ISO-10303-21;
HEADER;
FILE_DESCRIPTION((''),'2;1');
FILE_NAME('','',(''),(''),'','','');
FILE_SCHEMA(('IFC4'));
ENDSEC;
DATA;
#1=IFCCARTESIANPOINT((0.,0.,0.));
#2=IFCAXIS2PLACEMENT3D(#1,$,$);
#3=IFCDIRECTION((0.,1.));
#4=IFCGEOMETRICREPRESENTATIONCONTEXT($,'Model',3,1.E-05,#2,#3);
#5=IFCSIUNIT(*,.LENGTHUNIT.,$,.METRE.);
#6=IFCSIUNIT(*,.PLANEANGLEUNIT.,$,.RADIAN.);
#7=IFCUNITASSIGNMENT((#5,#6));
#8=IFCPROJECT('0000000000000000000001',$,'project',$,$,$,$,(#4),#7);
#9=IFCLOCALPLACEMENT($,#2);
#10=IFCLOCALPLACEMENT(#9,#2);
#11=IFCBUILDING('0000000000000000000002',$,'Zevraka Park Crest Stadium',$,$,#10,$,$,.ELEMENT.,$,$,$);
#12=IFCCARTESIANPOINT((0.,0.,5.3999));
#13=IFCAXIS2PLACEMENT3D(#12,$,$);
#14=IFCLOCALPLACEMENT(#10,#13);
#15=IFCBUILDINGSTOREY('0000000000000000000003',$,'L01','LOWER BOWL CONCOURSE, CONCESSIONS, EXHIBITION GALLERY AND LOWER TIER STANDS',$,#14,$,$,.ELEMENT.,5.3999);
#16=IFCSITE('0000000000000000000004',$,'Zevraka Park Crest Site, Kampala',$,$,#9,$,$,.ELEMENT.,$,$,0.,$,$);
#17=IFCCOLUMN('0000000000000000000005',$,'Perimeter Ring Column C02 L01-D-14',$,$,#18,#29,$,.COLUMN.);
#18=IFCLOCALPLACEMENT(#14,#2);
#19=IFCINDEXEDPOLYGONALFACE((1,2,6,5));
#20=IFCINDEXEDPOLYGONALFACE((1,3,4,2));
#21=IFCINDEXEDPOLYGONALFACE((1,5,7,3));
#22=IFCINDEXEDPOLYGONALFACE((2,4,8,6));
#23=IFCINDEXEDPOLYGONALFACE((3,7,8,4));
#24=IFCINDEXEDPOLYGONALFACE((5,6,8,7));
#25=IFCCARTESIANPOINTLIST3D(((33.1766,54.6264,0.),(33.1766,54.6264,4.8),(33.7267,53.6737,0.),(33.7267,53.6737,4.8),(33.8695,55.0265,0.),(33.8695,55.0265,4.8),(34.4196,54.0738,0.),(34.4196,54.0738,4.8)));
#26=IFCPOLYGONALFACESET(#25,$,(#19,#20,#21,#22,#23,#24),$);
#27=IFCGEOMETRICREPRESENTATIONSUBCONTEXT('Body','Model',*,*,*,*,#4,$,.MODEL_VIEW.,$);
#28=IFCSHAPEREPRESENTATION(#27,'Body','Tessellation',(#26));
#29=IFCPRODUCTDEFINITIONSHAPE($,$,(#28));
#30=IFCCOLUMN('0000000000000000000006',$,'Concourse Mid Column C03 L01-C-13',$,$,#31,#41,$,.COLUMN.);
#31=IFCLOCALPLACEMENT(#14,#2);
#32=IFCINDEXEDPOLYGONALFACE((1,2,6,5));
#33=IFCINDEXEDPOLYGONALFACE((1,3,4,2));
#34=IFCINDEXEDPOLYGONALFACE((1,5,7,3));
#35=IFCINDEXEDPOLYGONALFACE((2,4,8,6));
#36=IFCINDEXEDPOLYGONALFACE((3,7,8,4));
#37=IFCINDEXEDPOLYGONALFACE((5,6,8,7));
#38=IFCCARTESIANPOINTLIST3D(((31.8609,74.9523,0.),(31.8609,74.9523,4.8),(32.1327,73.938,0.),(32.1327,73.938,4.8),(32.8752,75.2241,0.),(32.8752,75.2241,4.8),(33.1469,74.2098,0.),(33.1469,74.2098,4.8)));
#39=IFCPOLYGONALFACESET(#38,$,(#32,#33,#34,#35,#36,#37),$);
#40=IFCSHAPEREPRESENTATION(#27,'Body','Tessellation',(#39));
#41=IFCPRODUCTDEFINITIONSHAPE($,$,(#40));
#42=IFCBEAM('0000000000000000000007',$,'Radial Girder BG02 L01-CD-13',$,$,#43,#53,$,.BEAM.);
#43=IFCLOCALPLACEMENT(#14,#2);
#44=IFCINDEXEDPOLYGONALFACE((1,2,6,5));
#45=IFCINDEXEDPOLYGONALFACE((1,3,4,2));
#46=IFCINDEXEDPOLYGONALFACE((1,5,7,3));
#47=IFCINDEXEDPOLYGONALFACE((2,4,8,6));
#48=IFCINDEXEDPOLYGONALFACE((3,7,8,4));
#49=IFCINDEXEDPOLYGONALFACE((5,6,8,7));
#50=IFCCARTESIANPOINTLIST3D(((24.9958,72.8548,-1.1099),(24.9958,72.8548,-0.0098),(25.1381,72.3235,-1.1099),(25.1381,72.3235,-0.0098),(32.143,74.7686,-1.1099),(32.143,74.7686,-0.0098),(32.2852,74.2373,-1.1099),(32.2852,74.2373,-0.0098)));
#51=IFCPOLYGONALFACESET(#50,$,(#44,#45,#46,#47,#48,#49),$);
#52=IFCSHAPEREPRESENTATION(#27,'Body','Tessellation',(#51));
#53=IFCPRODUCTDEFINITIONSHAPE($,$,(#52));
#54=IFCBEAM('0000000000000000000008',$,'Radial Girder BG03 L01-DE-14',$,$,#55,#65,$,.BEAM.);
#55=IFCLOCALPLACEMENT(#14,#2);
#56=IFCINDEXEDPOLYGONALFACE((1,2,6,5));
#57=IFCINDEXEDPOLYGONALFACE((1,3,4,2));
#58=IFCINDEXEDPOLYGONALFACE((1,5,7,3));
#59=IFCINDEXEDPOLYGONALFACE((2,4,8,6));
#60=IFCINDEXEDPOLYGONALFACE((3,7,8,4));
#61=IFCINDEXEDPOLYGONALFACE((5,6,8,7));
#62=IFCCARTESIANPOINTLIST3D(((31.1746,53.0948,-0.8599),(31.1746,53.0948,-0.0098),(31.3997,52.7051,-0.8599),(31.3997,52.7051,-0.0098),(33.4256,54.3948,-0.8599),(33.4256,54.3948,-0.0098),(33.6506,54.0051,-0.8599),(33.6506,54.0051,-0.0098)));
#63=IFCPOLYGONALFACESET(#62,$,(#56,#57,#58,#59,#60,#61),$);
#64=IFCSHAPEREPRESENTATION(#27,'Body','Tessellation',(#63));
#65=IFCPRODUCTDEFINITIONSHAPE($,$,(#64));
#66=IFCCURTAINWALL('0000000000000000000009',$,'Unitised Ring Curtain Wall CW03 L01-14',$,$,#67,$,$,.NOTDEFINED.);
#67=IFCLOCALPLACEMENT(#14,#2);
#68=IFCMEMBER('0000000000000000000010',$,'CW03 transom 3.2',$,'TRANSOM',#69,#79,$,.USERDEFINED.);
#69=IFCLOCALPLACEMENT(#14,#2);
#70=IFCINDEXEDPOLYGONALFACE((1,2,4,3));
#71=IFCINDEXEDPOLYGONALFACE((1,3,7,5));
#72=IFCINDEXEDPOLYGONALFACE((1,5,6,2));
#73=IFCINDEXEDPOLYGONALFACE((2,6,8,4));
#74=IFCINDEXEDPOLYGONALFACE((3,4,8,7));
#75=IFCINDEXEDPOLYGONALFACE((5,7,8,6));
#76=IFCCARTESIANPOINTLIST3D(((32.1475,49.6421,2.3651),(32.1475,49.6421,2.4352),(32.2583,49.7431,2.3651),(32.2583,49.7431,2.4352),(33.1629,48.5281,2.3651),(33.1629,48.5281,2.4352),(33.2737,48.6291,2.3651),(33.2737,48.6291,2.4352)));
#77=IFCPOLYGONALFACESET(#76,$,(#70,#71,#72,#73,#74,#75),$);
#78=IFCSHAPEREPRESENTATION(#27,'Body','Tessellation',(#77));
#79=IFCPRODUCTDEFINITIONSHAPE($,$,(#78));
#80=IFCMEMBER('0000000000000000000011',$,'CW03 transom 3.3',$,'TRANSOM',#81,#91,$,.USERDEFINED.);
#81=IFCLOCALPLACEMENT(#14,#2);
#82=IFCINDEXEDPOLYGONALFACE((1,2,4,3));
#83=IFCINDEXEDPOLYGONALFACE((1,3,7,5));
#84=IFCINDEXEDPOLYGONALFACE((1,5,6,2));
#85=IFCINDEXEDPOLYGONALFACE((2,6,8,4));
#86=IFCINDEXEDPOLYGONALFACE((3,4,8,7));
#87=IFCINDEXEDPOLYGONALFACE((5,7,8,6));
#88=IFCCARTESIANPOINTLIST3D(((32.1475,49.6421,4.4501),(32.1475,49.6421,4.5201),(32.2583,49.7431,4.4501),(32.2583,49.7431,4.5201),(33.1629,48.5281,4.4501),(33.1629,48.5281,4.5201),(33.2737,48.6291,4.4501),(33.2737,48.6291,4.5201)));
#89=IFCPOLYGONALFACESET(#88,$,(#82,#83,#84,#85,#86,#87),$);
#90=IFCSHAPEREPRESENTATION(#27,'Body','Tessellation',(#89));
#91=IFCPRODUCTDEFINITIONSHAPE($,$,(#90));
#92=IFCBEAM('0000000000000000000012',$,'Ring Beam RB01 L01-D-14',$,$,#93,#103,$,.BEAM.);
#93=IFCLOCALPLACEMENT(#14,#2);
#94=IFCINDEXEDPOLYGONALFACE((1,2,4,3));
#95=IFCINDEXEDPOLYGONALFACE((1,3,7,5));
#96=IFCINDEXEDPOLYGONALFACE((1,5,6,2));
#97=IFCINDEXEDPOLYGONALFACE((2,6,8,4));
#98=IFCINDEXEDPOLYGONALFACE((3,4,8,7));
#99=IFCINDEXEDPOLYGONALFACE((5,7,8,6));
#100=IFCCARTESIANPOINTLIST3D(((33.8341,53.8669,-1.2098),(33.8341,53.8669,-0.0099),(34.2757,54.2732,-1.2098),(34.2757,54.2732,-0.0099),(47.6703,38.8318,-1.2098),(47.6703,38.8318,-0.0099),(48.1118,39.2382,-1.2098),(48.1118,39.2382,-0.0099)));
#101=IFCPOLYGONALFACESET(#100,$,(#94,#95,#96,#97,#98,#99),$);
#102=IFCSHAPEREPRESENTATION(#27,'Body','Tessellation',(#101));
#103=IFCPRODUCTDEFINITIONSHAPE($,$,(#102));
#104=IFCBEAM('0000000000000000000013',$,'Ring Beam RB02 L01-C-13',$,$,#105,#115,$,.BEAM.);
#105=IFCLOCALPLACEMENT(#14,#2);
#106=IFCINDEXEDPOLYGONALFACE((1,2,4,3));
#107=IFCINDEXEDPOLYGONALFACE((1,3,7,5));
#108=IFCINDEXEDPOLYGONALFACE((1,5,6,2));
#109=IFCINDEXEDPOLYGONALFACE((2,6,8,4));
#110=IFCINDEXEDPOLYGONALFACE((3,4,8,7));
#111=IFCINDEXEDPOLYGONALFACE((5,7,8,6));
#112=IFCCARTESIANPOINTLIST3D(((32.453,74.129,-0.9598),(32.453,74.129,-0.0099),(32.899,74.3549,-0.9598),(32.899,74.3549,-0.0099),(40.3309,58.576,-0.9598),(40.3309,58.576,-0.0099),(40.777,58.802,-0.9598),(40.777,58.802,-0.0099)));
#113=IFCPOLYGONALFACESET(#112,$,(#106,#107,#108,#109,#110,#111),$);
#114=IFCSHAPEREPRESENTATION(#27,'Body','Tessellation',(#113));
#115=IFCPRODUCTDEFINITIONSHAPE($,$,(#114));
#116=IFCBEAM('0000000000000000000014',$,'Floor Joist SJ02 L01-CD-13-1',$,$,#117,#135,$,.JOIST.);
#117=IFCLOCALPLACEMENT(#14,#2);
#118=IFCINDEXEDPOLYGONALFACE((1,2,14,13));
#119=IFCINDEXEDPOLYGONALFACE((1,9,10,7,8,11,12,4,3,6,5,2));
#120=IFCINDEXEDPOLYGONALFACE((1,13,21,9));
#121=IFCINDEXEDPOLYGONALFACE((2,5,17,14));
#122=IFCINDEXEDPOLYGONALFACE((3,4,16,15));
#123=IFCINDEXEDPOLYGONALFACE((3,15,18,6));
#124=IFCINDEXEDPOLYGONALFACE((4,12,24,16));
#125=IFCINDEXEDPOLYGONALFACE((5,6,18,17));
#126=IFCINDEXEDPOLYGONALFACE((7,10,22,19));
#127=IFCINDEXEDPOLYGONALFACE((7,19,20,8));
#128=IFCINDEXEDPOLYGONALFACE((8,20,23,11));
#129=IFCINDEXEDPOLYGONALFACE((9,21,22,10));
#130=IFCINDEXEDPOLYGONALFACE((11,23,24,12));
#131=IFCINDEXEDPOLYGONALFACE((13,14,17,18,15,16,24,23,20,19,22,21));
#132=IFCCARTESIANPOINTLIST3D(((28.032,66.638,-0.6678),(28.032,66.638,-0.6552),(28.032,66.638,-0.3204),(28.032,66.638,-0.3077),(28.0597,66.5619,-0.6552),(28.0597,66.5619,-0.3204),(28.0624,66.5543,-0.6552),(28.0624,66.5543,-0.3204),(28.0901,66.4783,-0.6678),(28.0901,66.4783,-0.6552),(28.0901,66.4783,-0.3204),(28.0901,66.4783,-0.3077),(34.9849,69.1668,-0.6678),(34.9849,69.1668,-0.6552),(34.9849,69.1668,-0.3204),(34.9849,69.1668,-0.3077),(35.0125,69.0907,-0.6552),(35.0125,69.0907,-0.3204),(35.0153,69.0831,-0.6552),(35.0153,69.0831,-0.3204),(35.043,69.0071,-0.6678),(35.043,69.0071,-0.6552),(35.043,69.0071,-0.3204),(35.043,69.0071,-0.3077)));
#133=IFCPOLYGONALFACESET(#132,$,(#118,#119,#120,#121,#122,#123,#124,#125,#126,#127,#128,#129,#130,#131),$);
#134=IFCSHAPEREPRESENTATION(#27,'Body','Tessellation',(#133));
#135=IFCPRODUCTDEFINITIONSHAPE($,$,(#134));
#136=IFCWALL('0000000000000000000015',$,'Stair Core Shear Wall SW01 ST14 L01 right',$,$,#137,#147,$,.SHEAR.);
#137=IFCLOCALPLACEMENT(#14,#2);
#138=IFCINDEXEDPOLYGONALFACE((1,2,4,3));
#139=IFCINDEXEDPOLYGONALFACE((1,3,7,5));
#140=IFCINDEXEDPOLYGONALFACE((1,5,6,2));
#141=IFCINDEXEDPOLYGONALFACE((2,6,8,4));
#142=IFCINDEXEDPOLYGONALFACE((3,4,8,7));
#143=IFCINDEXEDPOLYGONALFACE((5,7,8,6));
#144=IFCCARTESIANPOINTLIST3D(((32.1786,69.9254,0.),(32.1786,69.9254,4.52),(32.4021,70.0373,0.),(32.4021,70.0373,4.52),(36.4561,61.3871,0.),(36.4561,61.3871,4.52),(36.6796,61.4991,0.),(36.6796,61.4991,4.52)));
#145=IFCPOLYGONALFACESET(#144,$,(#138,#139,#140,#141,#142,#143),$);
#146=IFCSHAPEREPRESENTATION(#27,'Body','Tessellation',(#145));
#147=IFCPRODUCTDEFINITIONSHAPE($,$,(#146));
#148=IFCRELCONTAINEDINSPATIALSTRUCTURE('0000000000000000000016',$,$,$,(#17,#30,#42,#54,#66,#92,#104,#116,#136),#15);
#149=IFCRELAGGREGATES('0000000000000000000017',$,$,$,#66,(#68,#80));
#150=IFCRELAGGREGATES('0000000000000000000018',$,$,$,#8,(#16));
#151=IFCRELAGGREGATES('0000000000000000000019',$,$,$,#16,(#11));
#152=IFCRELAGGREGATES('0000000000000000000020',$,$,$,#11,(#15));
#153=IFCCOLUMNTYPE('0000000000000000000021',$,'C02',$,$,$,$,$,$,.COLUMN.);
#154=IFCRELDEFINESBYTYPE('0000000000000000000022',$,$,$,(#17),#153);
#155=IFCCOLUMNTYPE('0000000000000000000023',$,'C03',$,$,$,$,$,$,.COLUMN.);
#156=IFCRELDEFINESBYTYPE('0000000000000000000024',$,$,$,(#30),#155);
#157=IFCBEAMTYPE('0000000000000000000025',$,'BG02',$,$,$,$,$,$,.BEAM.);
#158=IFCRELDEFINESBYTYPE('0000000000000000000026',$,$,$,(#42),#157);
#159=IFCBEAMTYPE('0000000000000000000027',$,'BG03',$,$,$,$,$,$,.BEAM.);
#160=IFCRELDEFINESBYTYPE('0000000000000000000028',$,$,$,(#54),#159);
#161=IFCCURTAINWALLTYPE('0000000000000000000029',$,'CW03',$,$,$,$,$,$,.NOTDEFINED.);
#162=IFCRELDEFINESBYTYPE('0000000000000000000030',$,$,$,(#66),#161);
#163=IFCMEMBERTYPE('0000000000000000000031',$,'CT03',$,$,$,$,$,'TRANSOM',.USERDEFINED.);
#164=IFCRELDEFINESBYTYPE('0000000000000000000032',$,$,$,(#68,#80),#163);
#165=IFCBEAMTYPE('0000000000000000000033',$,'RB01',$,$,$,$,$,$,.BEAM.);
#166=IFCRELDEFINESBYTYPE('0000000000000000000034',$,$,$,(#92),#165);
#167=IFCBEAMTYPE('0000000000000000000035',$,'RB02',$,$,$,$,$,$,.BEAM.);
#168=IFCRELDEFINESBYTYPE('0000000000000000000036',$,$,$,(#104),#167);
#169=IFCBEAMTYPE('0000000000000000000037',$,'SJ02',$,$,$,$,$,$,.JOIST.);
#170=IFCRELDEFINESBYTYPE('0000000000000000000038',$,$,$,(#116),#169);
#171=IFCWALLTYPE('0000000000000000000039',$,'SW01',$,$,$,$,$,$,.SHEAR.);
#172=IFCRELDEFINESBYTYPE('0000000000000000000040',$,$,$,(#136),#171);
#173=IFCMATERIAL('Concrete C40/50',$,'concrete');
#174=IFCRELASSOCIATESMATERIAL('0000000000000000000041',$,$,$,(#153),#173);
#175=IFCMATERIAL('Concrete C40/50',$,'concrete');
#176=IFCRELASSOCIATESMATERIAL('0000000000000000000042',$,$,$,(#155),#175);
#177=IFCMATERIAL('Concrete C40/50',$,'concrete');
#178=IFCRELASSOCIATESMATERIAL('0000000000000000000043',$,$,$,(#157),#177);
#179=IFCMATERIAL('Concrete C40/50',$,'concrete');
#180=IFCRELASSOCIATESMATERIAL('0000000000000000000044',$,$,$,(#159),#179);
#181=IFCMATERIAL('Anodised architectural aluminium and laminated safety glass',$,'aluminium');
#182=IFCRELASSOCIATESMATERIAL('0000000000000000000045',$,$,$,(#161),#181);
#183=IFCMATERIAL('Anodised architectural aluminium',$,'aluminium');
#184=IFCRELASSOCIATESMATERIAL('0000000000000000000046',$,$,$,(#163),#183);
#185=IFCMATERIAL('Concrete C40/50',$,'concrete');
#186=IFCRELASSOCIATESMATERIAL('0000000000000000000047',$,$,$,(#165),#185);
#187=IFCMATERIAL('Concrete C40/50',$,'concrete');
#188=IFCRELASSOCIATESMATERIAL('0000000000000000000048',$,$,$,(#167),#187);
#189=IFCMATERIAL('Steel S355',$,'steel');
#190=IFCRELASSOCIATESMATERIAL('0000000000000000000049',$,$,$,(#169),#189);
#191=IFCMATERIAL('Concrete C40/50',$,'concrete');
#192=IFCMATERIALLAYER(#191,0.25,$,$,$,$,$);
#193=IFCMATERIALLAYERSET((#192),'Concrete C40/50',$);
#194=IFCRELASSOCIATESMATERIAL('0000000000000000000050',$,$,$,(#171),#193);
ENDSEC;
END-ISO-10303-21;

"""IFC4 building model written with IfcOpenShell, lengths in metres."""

from ifc_helpers import new_model, si_unit, direction, frame, frame_2d, origin, origin_2d, place, context, subcontext, project, spatial, rectangle, i_section, extrude, material, layer, layer_set, material_profile, profile_set, type_object, element, aggregate, save


model = new_model("IFC4")

# Units and contexts
model_context = context("Model", 3, precision=1e-05, world=origin(), true_north=direction((0.0, 1.0)))
body_context = subcontext(model_context, "Body", "Model", "MODEL_VIEW")
ifc_project = project(units=[si_unit("LENGTHUNIT", "METRE"), si_unit("PLANEANGLEUNIT", "RADIAN")], contexts=[model_context])

# Site, building, storey
site_placement = place(None, origin())
site = spatial("IfcSite", under=ifc_project, at=site_placement, Name="Zevraka Park Crest Site, Kampala", CompositionType="ELEMENT", RefElevation=0.0)
building_placement = place(site_placement, origin())
building = spatial("IfcBuilding", under=site, at=building_placement, Name="Zevraka Park Crest Stadium", CompositionType="ELEMENT")
storey_placement = place(building_placement, frame((0.0, 0.0, 5.3999)))
storey = spatial("IfcBuildingStorey", under=building, at=storey_placement, Name="L01", Description="LOWER BOWL CONCOURSE, CONCESSIONS, EXHIBITION GALLERY AND LOWER TIER STANDS", CompositionType="ELEMENT", Elevation=5.3999)

# Columns
ifc_material_1 = material(Name="Concrete C40/50", Category="concrete")
ifc_material_profile_1 = material_profile(ifc_material_1, rectangle(XDim=0.8, YDim=1.1001, at=origin_2d()), Name="RC 1100x800")
ifc_profile_set_1 = profile_set([ifc_material_profile_1], Name="Concrete C40/50")
column_type_1 = type_object("IfcColumnType", Name="C02", PredefinedType="COLUMN", material=ifc_profile_set_1)
column_1_placement = place(storey_placement, frame((33.7981, 54.3501, 0.0), z_axis=(0.0, 0.0, 1.0), x_axis=(0.866025, 0.5, 0.0)))
element("IfcColumn", 1, at=column_1_placement, inside=storey, type_object=column_type_1, Name="Perimeter Ring Column C02 L01-D-14", PredefinedType="COLUMN", context=body_context, shape_type="SweptSolid", body=[
    extrude(rectangle(XDim=0.8, YDim=1.1001, at=origin_2d()), origin(), (0.0, 0.0, 1.0), 4.8),
])
ifc_material_2 = material(Name="Concrete C40/50", Category="concrete")
ifc_material_profile_2 = material_profile(ifc_material_2, rectangle(XDim=1.05, YDim=1.05, at=origin_2d()), Name="RC 1050x1050")
ifc_profile_set_2 = profile_set([ifc_material_profile_2], Name="Concrete C40/50")
column_type_2 = type_object("IfcColumnType", Name="C03", PredefinedType="COLUMN", material=ifc_profile_set_2)
column_2_placement = place(storey_placement, frame((32.5039, 74.5811, 0.0), z_axis=(0.0, 0.0, 1.0), x_axis=(0.965926, 0.258819, 0.0)))
element("IfcColumn", 2, at=column_2_placement, inside=storey, type_object=column_type_2, Name="Concourse Mid Column C03 L01-C-13", PredefinedType="COLUMN", context=body_context, shape_type="SweptSolid", body=[
    extrude(rectangle(XDim=1.05, YDim=1.05, at=origin_2d()), origin(), (0.0, 0.0, 1.0), 4.8),
])

# Beams
ifc_material_3 = material(Name="Concrete C40/50", Category="concrete")
ifc_material_profile_3 = material_profile(ifc_material_3, rectangle(XDim=0.55, YDim=1.1001, at=origin_2d()), Name="RC 1100x550")
ifc_profile_set_3 = profile_set([ifc_material_profile_3], Name="Concrete C40/50")
beam_type_1 = type_object("IfcBeamType", Name="BG02", PredefinedType="BEAM", material=ifc_profile_set_3)
beam_1_placement = place(storey_placement, frame((32.2141, 74.5029, -0.5598), z_axis=(-0.965969, -0.258659, 0.0), x_axis=(0.258659, -0.965969, 0.0)))
element("IfcBeam", 3, at=beam_1_placement, inside=storey, type_object=beam_type_1, Name="Radial Girder BG02 L01-CD-13", PredefinedType="BEAM", context=body_context, shape_type="SweptSolid", body=[
    extrude(rectangle(XDim=0.55, YDim=1.1001, at=origin_2d()), origin(), (0.0, 0.0, 1.0), 7.3989),
])
ifc_material_4 = material(Name="Concrete C40/50", Category="concrete")
ifc_material_profile_4 = material_profile(ifc_material_4, rectangle(XDim=0.45, YDim=0.8501, at=origin_2d()), Name="RC 850x450")
ifc_profile_set_4 = profile_set([ifc_material_profile_4], Name="Concrete C40/50")
beam_type_2 = type_object("IfcBeamType", Name="BG03", PredefinedType="BEAM", material=ifc_profile_set_4)
beam_2_placement = place(storey_placement, frame((33.5381, 54.2, -0.4348), z_axis=(-0.865951, -0.500129, 0.0), x_axis=(0.500129, -0.865951, 0.0)))
element("IfcBeam", 4, at=beam_2_placement, inside=storey, type_object=beam_type_2, Name="Radial Girder BG03 L01-DE-14", PredefinedType="BEAM", context=body_context, shape_type="SweptSolid", body=[
    extrude(rectangle(XDim=0.45, YDim=0.8501, at=origin_2d()), origin(), (0.0, 0.0, 1.0), 2.5994),
])

# Curtain wall, members
ifc_material_5 = material(Name="Anodised architectural aluminium and laminated safety glass", Category="aluminium")
curtain_wall_type = type_object("IfcCurtainWallType", Name="CW03", PredefinedType="NOTDEFINED", material=ifc_material_5)
curtain_wall_placement = place(storey_placement, origin())
curtain_wall = element("IfcCurtainWall", 5, at=curtain_wall_placement, inside=storey, type_object=curtain_wall_type, Name="Unitised Ring Curtain Wall CW03 L01-14", PredefinedType="NOTDEFINED")
ifc_material_6 = material(Name="Anodised architectural aluminium", Category="aluminium")
ifc_material_profile_5 = material_profile(ifc_material_6, rectangle(XDim=0.1499, YDim=0.0701, at=origin_2d()), Name="ALU TRANSOM 150x70")
ifc_profile_set_5 = profile_set([ifc_material_profile_5], Name="Anodised architectural aluminium")
member_type = type_object("IfcMemberType", Name="CT03", ElementType="TRANSOM", PredefinedType="USERDEFINED", material=ifc_profile_set_5)
member_1_placement = place(storey_placement, frame((32.2029, 49.6926, 2.4001), z_axis=(0.673632, -0.739067, 0.0), x_axis=(0.739067, 0.673632, 0.0)))
member_1 = element("IfcMember", 6, at=member_1_placement, type_object=member_type, Name="CW03 transom 3.2", ObjectType="TRANSOM", PredefinedType="USERDEFINED", context=body_context, shape_type="SweptSolid", body=[
    extrude(rectangle(XDim=0.1499, YDim=0.0701, at=origin_2d()), origin(), (0.0, 0.0, 1.0), 1.5073),
])
member_2_placement = place(storey_placement, frame((32.2029, 49.6926, 4.4851), z_axis=(0.673632, -0.739067, 0.0), x_axis=(0.739067, 0.673632, 0.0)))
member_2 = element("IfcMember", 7, at=member_2_placement, type_object=member_type, Name="CW03 transom 3.3", ObjectType="TRANSOM", PredefinedType="USERDEFINED", context=body_context, shape_type="SweptSolid", body=[
    extrude(rectangle(XDim=0.1499, YDim=0.0701, at=origin_2d()), origin(), (0.0, 0.0, 1.0), 1.5073),
])
aggregate(curtain_wall, [member_1, member_2])

# Beams
ifc_material_7 = material(Name="Concrete C40/50", Category="concrete")
ifc_material_profile_6 = material_profile(ifc_material_7, rectangle(XDim=0.6001, YDim=1.2, at=origin_2d()), Name="RC 1200x600")
ifc_profile_set_6 = profile_set([ifc_material_profile_6], Name="Concrete C40/50")
beam_type_3 = type_object("IfcBeamType", Name="RB01", PredefinedType="BEAM", material=ifc_profile_set_6)
beam_3_placement = place(storey_placement, frame((34.0549, 54.0701, -0.6099), z_axis=(0.677158, -0.735837, 0.0), x_axis=(0.735837, 0.677158, 0.0)))
element("IfcBeam", 8, at=beam_3_placement, inside=storey, type_object=beam_type_3, Name="Ring Beam RB01 L01-D-14", PredefinedType="BEAM", context=body_context, shape_type="SweptSolid", body=[
    extrude(rectangle(XDim=0.6001, YDim=1.2, at=origin_2d()), origin(), (0.0, 0.0, 1.0), 20.4326),
])
ifc_material_8 = material(Name="Concrete C40/50", Category="concrete")
ifc_material_profile_7 = material_profile(ifc_material_8, rectangle(XDim=0.5, YDim=0.95, at=origin_2d()), Name="RC 950x500")
ifc_profile_set_7 = profile_set([ifc_material_profile_7], Name="Concrete C40/50")
beam_type_4 = type_object("IfcBeamType", Name="RB02", PredefinedType="BEAM", material=ifc_profile_set_7)
beam_4_placement = place(storey_placement, frame((32.676, 74.2419, -0.4849), z_axis=(0.451862, -0.892088, 0.0), x_axis=(0.892088, 0.451862, 0.0)))
element("IfcBeam", 9, at=beam_4_placement, inside=storey, type_object=beam_type_4, Name="Ring Beam RB02 L01-C-13", PredefinedType="BEAM", context=body_context, shape_type="SweptSolid", body=[
    extrude(rectangle(XDim=0.5, YDim=0.95, at=origin_2d()), origin(), (0.0, 0.0, 1.0), 17.4343),
])
ifc_material_9 = material(Name="Steel S355", Category="steel")
ifc_material_profile_8 = material_profile(ifc_material_9, i_section(OverallWidth=0.1699, OverallDepth=0.3601, WebThickness=0.0081, FlangeThickness=0.0127, at=origin_2d()), Name="IPE 360")
ifc_profile_set_8 = profile_set([ifc_material_profile_8], Name="Steel S355")
beam_type_5 = type_object("IfcBeamType", Name="SJ02", PredefinedType="JOIST", material=ifc_profile_set_8)
beam_5_placement = place(storey_placement, frame((35.0139, 69.0869, -0.4878), z_axis=(-0.939772, -0.341801, 0.0), x_axis=(0.341801, -0.939772, 0.0)))
element("IfcBeam", 10, at=beam_5_placement, inside=storey, type_object=beam_type_5, Name="Floor Joist SJ02 L01-CD-13-1", PredefinedType="JOIST", context=body_context, shape_type="SweptSolid", body=[
    extrude(i_section(OverallWidth=0.1699, OverallDepth=0.3601, WebThickness=0.0081, FlangeThickness=0.0127, at=origin_2d()), origin(), (0.0, 0.0, 1.0), 7.3984),
])

# Wall
ifc_material_10 = material(Name="Concrete C40/50", Category="concrete")
ifc_layer = layer(ifc_material_10, 0.25)
ifc_layer_set = layer_set([ifc_layer], Name="Concrete C40/50")
wall_type = type_object("IfcWallType", Name="SW01", PredefinedType="SHEAR", material=ifc_layer_set)
wall_1_placement = place(storey_placement, frame((36.5679, 61.4431, 0.0), z_axis=(0.0, 0.0, 1.0), x_axis=(-0.447919, 0.894074, 0.0)))
element("IfcWall", 11, at=wall_1_placement, inside=storey, type_object=wall_type, Name="Stair Core Shear Wall SW01 ST14 L01 right", PredefinedType="SHEAR", context=body_context, shape_type="SweptSolid", body=[
    extrude(rectangle(XDim=9.5498, YDim=0.25, at=frame_2d((4.7749, 0.0))), origin(), (0.0, 0.0, 1.0), 4.52),
])

save(model, "model.ifc")
